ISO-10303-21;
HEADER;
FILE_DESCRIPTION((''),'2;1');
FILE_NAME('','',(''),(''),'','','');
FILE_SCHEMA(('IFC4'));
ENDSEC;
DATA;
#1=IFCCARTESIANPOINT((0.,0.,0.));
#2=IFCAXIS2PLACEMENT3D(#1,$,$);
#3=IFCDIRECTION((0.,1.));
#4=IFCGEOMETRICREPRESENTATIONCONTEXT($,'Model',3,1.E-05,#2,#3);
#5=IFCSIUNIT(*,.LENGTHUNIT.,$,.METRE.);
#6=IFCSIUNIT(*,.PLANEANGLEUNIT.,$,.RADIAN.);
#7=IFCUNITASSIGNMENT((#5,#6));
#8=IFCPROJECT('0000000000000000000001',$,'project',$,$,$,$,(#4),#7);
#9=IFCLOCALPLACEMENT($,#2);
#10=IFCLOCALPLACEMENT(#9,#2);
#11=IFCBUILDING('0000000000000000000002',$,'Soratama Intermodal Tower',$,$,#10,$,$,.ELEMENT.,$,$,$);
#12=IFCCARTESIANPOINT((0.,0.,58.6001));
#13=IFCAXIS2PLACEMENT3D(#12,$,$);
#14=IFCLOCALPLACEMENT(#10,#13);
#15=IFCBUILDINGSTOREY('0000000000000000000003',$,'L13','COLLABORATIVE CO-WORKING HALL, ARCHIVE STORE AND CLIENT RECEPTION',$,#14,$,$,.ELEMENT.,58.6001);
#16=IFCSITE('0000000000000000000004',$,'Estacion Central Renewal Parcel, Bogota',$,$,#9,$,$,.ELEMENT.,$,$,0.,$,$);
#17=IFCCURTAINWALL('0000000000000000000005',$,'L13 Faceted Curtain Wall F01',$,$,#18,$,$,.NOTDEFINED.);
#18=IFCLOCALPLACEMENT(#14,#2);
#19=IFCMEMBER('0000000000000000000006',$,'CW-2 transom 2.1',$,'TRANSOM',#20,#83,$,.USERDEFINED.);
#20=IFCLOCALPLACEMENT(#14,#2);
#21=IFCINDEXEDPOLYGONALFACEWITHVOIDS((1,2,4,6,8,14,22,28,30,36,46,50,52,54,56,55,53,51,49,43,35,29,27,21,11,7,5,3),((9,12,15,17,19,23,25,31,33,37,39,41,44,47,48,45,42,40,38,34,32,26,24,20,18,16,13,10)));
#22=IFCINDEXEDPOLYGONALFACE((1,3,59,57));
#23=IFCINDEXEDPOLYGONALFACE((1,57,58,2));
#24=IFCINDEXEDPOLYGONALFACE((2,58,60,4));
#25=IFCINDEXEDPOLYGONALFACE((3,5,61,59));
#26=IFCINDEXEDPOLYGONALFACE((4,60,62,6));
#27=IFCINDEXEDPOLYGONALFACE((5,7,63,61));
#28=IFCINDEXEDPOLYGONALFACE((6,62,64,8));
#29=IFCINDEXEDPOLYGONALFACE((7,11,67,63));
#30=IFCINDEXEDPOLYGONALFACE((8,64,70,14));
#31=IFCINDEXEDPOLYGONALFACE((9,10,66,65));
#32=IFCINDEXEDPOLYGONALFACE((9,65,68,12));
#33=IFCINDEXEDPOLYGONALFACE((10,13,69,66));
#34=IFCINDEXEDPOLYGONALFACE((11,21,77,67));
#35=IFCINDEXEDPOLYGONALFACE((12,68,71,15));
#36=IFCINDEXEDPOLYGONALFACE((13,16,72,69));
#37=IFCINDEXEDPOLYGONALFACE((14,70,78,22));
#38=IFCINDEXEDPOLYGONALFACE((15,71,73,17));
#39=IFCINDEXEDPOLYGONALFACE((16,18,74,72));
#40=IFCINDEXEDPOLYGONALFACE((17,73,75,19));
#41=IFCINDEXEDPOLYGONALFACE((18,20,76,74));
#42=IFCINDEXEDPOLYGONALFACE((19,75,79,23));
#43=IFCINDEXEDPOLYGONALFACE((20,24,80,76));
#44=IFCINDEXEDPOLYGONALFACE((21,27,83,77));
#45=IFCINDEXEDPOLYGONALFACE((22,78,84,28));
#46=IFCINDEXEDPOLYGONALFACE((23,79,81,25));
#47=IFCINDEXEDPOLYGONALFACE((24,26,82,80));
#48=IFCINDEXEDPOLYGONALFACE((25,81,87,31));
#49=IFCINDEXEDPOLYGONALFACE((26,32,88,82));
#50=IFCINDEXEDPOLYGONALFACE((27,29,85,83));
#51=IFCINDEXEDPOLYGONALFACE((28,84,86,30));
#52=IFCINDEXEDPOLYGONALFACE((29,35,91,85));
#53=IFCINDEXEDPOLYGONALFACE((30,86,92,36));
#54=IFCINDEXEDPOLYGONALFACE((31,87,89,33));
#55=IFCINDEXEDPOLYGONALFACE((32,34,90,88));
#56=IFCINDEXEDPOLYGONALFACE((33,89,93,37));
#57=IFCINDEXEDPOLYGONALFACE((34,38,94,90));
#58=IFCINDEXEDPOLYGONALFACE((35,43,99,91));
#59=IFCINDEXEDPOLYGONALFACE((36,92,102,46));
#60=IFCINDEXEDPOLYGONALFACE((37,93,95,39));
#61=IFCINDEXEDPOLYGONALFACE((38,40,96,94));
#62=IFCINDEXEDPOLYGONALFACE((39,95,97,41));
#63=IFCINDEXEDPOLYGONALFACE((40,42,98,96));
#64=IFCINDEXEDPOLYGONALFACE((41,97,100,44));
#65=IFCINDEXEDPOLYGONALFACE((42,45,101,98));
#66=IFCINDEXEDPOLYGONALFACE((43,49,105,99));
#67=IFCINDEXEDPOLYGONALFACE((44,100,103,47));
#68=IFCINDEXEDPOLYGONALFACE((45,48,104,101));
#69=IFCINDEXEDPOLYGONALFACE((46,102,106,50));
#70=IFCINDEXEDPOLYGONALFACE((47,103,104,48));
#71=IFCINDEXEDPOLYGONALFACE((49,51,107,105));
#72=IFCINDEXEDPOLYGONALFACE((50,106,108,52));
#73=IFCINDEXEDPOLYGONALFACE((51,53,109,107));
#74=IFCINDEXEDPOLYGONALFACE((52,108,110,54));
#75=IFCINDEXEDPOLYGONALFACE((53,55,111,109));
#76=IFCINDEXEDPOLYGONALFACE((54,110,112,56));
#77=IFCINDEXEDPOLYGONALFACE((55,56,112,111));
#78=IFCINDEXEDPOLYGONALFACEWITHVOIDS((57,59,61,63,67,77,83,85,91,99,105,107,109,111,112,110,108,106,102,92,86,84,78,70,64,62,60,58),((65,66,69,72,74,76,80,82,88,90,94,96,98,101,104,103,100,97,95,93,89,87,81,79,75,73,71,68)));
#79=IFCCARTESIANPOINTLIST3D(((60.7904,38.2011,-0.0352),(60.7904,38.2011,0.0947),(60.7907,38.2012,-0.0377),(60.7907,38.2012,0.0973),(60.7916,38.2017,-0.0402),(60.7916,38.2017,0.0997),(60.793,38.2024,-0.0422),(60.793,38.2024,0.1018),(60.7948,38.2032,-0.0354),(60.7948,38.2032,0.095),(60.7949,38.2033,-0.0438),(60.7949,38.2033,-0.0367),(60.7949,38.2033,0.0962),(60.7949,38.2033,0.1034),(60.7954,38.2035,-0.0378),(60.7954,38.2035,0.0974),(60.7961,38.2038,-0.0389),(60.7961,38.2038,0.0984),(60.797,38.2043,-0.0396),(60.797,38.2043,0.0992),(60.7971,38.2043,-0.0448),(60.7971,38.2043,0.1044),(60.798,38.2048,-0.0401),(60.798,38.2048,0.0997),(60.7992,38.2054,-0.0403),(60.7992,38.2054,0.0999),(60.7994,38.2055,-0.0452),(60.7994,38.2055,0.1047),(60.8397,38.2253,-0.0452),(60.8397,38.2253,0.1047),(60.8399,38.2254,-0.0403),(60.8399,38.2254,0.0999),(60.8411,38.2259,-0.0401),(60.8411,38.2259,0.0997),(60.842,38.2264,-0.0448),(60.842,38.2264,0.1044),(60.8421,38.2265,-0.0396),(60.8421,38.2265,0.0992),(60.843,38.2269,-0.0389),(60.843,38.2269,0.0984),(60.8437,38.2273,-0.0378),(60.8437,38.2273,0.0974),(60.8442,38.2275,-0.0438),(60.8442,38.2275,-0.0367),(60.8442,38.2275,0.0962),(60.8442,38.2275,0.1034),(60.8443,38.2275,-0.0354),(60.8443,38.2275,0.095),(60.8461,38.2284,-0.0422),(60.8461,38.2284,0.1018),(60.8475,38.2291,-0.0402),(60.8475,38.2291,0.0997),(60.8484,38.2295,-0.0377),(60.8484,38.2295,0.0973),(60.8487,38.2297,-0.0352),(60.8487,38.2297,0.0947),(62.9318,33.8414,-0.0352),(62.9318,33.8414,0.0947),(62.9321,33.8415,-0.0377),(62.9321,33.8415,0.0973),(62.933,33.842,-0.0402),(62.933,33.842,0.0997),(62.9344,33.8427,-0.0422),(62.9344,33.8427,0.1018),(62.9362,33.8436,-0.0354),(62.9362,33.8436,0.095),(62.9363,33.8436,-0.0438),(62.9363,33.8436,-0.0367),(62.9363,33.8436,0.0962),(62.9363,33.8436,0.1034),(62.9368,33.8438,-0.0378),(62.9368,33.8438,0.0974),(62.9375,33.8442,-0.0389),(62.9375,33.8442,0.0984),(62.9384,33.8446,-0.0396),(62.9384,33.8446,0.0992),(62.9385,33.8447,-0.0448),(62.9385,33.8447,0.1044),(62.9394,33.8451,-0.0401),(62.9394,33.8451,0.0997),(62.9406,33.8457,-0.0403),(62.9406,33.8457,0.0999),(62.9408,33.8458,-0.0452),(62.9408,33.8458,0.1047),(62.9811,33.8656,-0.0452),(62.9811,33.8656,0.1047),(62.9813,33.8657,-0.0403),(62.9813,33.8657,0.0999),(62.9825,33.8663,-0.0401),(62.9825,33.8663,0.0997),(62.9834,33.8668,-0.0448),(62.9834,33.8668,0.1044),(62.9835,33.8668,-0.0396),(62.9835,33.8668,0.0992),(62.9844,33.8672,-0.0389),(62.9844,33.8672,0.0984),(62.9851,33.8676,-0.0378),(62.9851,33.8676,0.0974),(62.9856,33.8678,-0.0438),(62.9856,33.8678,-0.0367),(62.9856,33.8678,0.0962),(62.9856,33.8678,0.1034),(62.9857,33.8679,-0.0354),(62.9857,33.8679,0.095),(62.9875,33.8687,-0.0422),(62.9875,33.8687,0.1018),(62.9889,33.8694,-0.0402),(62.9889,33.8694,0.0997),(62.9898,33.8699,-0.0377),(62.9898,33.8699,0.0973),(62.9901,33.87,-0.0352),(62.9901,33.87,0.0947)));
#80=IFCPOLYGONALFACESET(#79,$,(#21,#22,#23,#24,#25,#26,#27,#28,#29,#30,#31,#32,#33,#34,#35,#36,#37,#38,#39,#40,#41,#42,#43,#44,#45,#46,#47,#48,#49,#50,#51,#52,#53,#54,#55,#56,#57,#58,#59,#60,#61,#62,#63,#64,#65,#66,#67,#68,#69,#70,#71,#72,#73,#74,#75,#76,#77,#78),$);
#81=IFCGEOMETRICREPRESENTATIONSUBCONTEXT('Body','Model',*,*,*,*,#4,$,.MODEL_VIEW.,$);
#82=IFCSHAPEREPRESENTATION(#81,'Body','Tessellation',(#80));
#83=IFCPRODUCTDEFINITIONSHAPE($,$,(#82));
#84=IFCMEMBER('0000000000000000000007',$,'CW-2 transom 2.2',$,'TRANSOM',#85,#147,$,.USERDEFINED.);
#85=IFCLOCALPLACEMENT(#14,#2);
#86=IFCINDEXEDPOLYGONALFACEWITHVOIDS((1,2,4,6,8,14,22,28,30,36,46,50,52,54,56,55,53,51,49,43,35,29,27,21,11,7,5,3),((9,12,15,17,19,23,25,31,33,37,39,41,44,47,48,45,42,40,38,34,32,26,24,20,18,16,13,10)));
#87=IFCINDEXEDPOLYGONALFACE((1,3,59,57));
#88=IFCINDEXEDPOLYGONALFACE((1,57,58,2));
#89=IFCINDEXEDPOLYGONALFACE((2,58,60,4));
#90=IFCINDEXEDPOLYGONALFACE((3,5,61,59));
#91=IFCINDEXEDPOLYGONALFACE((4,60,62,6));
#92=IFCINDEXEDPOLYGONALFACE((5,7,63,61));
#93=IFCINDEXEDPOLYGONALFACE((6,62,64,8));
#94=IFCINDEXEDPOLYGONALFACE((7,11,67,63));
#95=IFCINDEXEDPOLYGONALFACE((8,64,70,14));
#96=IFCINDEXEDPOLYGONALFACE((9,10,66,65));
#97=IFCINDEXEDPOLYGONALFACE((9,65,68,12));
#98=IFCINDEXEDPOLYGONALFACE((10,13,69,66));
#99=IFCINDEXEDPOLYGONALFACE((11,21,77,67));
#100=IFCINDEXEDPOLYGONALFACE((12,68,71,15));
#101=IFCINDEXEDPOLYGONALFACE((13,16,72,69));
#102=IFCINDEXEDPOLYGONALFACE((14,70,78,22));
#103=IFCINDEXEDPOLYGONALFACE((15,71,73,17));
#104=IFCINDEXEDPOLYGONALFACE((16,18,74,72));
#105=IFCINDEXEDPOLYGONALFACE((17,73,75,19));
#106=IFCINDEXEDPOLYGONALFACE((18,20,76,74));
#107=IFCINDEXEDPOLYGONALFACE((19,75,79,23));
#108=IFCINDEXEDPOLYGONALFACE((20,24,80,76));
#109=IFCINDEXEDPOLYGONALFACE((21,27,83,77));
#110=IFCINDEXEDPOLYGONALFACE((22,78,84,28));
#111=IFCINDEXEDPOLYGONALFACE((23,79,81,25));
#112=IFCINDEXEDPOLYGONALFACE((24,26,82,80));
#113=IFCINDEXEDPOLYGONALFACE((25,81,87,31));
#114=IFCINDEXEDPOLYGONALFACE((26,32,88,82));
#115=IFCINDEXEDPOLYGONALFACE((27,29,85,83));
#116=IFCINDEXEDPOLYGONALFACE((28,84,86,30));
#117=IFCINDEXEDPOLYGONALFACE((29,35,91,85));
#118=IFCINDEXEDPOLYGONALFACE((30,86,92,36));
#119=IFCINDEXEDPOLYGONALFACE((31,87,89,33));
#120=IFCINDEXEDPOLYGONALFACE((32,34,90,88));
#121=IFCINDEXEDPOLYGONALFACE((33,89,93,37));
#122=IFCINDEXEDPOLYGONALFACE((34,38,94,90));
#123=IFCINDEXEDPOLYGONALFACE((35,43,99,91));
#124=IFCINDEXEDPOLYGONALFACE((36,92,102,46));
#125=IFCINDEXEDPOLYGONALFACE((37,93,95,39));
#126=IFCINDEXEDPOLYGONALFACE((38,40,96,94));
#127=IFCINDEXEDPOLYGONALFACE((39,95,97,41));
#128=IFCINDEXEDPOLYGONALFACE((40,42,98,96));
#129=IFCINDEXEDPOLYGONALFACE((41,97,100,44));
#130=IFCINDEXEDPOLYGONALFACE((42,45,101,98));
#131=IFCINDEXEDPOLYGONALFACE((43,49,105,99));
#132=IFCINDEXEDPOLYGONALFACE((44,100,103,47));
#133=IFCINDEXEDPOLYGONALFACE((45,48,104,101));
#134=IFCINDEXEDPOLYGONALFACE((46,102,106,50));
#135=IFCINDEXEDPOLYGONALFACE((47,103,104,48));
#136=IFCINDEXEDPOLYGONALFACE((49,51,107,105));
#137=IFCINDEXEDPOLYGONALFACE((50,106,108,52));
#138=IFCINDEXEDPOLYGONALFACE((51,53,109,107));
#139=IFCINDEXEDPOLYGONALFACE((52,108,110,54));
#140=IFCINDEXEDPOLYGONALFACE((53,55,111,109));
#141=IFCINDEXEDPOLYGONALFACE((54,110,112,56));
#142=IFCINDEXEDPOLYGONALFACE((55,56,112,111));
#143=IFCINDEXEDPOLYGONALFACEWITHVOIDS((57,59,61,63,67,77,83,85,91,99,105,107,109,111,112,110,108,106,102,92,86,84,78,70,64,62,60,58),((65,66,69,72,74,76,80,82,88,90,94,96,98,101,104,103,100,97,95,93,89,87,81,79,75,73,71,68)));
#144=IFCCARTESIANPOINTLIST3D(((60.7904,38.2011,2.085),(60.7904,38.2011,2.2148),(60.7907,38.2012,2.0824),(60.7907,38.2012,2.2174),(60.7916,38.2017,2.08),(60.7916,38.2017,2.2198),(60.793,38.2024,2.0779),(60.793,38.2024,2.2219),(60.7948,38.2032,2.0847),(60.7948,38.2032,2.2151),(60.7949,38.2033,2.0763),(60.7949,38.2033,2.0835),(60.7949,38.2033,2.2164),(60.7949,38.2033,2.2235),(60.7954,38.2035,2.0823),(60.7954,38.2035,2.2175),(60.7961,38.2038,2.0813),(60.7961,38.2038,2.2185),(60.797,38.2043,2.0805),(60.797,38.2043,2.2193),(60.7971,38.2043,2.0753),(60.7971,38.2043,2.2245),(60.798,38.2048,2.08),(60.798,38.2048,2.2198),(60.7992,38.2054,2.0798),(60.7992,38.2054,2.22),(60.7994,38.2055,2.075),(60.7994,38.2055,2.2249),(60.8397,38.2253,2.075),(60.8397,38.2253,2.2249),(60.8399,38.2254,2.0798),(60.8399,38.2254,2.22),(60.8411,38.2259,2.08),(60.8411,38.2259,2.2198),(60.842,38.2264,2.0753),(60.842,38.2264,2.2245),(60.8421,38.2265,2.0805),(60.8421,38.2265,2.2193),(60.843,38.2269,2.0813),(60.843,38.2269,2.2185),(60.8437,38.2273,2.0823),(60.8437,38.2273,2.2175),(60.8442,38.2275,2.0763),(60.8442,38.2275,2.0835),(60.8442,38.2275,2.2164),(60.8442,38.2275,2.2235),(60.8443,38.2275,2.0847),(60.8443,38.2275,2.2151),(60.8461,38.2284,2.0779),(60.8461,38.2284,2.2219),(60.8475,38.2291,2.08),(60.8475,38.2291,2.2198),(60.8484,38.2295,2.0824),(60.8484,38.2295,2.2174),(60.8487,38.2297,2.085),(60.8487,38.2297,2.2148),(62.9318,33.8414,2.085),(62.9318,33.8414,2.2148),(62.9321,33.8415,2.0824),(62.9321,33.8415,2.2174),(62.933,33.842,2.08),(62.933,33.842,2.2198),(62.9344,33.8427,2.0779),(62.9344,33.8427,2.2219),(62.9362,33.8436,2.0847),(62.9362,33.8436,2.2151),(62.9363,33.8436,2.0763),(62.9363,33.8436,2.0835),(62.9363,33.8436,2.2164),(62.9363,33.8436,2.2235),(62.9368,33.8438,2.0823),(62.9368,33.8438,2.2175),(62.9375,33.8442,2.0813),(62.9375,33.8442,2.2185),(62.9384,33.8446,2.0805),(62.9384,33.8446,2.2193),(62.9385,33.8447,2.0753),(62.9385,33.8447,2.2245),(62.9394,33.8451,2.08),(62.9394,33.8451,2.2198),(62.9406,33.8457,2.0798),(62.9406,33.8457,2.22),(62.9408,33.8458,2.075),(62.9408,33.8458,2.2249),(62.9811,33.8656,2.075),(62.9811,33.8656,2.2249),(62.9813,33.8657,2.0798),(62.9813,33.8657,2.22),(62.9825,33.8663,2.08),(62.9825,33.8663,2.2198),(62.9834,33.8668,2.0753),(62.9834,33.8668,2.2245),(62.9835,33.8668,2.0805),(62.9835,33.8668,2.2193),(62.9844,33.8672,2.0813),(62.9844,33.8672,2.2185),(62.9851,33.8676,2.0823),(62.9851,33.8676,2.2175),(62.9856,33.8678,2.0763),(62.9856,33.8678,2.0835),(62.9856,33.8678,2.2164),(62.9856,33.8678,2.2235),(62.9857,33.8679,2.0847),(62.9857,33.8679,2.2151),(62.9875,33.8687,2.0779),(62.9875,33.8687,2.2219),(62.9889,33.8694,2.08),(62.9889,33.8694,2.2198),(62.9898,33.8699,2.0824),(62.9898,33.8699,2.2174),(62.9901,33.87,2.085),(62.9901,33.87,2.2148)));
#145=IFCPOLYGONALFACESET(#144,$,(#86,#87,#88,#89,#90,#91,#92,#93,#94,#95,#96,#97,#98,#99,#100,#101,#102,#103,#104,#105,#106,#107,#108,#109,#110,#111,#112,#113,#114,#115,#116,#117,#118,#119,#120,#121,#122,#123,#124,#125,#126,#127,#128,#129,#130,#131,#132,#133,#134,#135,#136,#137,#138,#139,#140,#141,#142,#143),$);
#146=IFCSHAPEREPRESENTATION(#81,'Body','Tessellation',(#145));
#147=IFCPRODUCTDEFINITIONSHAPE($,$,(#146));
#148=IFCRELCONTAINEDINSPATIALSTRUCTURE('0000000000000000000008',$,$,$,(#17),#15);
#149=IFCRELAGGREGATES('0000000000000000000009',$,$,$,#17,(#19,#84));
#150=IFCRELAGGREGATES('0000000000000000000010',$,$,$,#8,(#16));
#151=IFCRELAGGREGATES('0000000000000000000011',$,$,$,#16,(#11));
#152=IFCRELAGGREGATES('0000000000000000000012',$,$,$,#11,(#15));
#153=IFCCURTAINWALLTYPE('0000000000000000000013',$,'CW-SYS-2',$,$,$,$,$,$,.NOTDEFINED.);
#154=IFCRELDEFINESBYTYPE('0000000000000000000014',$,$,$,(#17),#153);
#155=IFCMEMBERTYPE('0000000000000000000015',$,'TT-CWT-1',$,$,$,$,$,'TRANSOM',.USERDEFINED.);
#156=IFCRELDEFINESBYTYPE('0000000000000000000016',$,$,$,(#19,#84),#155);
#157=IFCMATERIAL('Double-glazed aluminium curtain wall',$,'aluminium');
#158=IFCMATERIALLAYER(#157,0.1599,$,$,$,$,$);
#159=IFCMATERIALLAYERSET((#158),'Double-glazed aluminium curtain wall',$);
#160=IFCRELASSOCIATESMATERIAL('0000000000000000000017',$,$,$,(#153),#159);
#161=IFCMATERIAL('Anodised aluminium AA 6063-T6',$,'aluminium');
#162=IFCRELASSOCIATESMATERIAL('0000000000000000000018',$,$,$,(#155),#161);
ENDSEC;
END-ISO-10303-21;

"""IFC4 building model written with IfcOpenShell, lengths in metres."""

from ifc_helpers import new_model, si_unit, direction, frame, origin, origin_2d, place, context, subcontext, project, spatial, hollow_rectangle, extrude, material, layer, layer_set, material_profile, profile_set, type_object, element, aggregate, save


model = new_model("IFC4")

# Units and contexts
model_context = context("Model", 3, precision=1e-05, world=origin(), true_north=direction((0.0, 1.0)))
body_context = subcontext(model_context, "Body", "Model", "MODEL_VIEW")
ifc_project = project(units=[si_unit("LENGTHUNIT", "METRE"), si_unit("PLANEANGLEUNIT", "RADIAN")], contexts=[model_context])

# Site, building, storey
site_placement = place(None, origin())
site = spatial("IfcSite", under=ifc_project, at=site_placement, Name="Estacion Central Renewal Parcel, Bogota", CompositionType="ELEMENT", RefElevation=0.0)
building_placement = place(site_placement, origin())
building = spatial("IfcBuilding", under=site, at=building_placement, Name="Soratama Intermodal Tower", CompositionType="ELEMENT")
storey_placement = place(building_placement, frame((0.0, 0.0, 58.6001)))
storey = spatial("IfcBuildingStorey", under=building, at=storey_placement, Name="L13", Description="COLLABORATIVE CO-WORKING HALL, ARCHIVE STORE AND CLIENT RECEPTION", CompositionType="ELEMENT", Elevation=58.6001)

# Curtain wall
ifc_material_1 = material(Name="Double-glazed aluminium curtain wall", Category="aluminium")
ifc_layer_1 = layer(ifc_material_1, 0.1599)
ifc_layer_set_1 = layer_set([ifc_layer_1], Name="Double-glazed aluminium curtain wall")
curtain_wall_type = type_object("IfcCurtainWallType", Name="CW-SYS-2", PredefinedType="NOTDEFINED", material=ifc_layer_set_1)
curtain_wall_1_placement = place(storey_placement, origin())
curtain_wall_1 = element("IfcCurtainWall", 1, at=curtain_wall_1_placement, inside=storey, type_object=curtain_wall_type, Name="L13 Faceted Curtain Wall F01", PredefinedType="NOTDEFINED")

# Members
ifc_material_2 = material(Name="Anodised aluminium AA 6063-T6", Category="aluminium")
ifc_material_profile_1 = material_profile(ifc_material_2, hollow_rectangle(XDim=0.0649, YDim=0.1499, WallThickness=0.0049, InnerFilletRadius=0.0049, OuterFilletRadius=0.01, at=origin_2d()), Name="CWT150X65X5")
ifc_profile_set_1 = profile_set([ifc_material_profile_1], Name="Anodised aluminium AA 6063-T6")
member_type_1 = type_object("IfcMemberType", Name="TT-CWT-1", ElementType="TRANSOM", PredefinedType="USERDEFINED", material=ifc_profile_set_1)
member_1_placement = place(storey_placement, frame((62.9609, 33.8557, 0.0298), z_axis=(-0.440869, 0.897571, 0.0), x_axis=(-0.897571, -0.440869, 0.0)))
member_1 = element("IfcMember", 2, at=member_1_placement, type_object=member_type_1, Name="CW-2 transom 2.1", ObjectType="TRANSOM", PredefinedType="USERDEFINED", context=body_context, shape_type="SweptSolid", body=[
    extrude(hollow_rectangle(XDim=0.0649, YDim=0.1499, WallThickness=0.0049, InnerFilletRadius=0.0049, OuterFilletRadius=0.01, at=origin_2d()), origin(), (0.0, 0.0, 1.0), 4.8572),
])
member_2_placement = place(storey_placement, frame((62.9609, 33.8557, 2.1499), z_axis=(-0.440869, 0.897571, 0.0), x_axis=(-0.897571, -0.440869, 0.0)))
member_2 = element("IfcMember", 3, at=member_2_placement, type_object=member_type_1, Name="CW-2 transom 2.2", ObjectType="TRANSOM", PredefinedType="USERDEFINED", context=body_context, shape_type="SweptSolid", body=[
    extrude(hollow_rectangle(XDim=0.0649, YDim=0.1499, WallThickness=0.0049, InnerFilletRadius=0.0049, OuterFilletRadius=0.01, at=origin_2d()), origin(), (0.0, 0.0, 1.0), 4.8572),
])

aggregate(curtain_wall_1, [member_1, member_2])

save(model, "model.ifc")
